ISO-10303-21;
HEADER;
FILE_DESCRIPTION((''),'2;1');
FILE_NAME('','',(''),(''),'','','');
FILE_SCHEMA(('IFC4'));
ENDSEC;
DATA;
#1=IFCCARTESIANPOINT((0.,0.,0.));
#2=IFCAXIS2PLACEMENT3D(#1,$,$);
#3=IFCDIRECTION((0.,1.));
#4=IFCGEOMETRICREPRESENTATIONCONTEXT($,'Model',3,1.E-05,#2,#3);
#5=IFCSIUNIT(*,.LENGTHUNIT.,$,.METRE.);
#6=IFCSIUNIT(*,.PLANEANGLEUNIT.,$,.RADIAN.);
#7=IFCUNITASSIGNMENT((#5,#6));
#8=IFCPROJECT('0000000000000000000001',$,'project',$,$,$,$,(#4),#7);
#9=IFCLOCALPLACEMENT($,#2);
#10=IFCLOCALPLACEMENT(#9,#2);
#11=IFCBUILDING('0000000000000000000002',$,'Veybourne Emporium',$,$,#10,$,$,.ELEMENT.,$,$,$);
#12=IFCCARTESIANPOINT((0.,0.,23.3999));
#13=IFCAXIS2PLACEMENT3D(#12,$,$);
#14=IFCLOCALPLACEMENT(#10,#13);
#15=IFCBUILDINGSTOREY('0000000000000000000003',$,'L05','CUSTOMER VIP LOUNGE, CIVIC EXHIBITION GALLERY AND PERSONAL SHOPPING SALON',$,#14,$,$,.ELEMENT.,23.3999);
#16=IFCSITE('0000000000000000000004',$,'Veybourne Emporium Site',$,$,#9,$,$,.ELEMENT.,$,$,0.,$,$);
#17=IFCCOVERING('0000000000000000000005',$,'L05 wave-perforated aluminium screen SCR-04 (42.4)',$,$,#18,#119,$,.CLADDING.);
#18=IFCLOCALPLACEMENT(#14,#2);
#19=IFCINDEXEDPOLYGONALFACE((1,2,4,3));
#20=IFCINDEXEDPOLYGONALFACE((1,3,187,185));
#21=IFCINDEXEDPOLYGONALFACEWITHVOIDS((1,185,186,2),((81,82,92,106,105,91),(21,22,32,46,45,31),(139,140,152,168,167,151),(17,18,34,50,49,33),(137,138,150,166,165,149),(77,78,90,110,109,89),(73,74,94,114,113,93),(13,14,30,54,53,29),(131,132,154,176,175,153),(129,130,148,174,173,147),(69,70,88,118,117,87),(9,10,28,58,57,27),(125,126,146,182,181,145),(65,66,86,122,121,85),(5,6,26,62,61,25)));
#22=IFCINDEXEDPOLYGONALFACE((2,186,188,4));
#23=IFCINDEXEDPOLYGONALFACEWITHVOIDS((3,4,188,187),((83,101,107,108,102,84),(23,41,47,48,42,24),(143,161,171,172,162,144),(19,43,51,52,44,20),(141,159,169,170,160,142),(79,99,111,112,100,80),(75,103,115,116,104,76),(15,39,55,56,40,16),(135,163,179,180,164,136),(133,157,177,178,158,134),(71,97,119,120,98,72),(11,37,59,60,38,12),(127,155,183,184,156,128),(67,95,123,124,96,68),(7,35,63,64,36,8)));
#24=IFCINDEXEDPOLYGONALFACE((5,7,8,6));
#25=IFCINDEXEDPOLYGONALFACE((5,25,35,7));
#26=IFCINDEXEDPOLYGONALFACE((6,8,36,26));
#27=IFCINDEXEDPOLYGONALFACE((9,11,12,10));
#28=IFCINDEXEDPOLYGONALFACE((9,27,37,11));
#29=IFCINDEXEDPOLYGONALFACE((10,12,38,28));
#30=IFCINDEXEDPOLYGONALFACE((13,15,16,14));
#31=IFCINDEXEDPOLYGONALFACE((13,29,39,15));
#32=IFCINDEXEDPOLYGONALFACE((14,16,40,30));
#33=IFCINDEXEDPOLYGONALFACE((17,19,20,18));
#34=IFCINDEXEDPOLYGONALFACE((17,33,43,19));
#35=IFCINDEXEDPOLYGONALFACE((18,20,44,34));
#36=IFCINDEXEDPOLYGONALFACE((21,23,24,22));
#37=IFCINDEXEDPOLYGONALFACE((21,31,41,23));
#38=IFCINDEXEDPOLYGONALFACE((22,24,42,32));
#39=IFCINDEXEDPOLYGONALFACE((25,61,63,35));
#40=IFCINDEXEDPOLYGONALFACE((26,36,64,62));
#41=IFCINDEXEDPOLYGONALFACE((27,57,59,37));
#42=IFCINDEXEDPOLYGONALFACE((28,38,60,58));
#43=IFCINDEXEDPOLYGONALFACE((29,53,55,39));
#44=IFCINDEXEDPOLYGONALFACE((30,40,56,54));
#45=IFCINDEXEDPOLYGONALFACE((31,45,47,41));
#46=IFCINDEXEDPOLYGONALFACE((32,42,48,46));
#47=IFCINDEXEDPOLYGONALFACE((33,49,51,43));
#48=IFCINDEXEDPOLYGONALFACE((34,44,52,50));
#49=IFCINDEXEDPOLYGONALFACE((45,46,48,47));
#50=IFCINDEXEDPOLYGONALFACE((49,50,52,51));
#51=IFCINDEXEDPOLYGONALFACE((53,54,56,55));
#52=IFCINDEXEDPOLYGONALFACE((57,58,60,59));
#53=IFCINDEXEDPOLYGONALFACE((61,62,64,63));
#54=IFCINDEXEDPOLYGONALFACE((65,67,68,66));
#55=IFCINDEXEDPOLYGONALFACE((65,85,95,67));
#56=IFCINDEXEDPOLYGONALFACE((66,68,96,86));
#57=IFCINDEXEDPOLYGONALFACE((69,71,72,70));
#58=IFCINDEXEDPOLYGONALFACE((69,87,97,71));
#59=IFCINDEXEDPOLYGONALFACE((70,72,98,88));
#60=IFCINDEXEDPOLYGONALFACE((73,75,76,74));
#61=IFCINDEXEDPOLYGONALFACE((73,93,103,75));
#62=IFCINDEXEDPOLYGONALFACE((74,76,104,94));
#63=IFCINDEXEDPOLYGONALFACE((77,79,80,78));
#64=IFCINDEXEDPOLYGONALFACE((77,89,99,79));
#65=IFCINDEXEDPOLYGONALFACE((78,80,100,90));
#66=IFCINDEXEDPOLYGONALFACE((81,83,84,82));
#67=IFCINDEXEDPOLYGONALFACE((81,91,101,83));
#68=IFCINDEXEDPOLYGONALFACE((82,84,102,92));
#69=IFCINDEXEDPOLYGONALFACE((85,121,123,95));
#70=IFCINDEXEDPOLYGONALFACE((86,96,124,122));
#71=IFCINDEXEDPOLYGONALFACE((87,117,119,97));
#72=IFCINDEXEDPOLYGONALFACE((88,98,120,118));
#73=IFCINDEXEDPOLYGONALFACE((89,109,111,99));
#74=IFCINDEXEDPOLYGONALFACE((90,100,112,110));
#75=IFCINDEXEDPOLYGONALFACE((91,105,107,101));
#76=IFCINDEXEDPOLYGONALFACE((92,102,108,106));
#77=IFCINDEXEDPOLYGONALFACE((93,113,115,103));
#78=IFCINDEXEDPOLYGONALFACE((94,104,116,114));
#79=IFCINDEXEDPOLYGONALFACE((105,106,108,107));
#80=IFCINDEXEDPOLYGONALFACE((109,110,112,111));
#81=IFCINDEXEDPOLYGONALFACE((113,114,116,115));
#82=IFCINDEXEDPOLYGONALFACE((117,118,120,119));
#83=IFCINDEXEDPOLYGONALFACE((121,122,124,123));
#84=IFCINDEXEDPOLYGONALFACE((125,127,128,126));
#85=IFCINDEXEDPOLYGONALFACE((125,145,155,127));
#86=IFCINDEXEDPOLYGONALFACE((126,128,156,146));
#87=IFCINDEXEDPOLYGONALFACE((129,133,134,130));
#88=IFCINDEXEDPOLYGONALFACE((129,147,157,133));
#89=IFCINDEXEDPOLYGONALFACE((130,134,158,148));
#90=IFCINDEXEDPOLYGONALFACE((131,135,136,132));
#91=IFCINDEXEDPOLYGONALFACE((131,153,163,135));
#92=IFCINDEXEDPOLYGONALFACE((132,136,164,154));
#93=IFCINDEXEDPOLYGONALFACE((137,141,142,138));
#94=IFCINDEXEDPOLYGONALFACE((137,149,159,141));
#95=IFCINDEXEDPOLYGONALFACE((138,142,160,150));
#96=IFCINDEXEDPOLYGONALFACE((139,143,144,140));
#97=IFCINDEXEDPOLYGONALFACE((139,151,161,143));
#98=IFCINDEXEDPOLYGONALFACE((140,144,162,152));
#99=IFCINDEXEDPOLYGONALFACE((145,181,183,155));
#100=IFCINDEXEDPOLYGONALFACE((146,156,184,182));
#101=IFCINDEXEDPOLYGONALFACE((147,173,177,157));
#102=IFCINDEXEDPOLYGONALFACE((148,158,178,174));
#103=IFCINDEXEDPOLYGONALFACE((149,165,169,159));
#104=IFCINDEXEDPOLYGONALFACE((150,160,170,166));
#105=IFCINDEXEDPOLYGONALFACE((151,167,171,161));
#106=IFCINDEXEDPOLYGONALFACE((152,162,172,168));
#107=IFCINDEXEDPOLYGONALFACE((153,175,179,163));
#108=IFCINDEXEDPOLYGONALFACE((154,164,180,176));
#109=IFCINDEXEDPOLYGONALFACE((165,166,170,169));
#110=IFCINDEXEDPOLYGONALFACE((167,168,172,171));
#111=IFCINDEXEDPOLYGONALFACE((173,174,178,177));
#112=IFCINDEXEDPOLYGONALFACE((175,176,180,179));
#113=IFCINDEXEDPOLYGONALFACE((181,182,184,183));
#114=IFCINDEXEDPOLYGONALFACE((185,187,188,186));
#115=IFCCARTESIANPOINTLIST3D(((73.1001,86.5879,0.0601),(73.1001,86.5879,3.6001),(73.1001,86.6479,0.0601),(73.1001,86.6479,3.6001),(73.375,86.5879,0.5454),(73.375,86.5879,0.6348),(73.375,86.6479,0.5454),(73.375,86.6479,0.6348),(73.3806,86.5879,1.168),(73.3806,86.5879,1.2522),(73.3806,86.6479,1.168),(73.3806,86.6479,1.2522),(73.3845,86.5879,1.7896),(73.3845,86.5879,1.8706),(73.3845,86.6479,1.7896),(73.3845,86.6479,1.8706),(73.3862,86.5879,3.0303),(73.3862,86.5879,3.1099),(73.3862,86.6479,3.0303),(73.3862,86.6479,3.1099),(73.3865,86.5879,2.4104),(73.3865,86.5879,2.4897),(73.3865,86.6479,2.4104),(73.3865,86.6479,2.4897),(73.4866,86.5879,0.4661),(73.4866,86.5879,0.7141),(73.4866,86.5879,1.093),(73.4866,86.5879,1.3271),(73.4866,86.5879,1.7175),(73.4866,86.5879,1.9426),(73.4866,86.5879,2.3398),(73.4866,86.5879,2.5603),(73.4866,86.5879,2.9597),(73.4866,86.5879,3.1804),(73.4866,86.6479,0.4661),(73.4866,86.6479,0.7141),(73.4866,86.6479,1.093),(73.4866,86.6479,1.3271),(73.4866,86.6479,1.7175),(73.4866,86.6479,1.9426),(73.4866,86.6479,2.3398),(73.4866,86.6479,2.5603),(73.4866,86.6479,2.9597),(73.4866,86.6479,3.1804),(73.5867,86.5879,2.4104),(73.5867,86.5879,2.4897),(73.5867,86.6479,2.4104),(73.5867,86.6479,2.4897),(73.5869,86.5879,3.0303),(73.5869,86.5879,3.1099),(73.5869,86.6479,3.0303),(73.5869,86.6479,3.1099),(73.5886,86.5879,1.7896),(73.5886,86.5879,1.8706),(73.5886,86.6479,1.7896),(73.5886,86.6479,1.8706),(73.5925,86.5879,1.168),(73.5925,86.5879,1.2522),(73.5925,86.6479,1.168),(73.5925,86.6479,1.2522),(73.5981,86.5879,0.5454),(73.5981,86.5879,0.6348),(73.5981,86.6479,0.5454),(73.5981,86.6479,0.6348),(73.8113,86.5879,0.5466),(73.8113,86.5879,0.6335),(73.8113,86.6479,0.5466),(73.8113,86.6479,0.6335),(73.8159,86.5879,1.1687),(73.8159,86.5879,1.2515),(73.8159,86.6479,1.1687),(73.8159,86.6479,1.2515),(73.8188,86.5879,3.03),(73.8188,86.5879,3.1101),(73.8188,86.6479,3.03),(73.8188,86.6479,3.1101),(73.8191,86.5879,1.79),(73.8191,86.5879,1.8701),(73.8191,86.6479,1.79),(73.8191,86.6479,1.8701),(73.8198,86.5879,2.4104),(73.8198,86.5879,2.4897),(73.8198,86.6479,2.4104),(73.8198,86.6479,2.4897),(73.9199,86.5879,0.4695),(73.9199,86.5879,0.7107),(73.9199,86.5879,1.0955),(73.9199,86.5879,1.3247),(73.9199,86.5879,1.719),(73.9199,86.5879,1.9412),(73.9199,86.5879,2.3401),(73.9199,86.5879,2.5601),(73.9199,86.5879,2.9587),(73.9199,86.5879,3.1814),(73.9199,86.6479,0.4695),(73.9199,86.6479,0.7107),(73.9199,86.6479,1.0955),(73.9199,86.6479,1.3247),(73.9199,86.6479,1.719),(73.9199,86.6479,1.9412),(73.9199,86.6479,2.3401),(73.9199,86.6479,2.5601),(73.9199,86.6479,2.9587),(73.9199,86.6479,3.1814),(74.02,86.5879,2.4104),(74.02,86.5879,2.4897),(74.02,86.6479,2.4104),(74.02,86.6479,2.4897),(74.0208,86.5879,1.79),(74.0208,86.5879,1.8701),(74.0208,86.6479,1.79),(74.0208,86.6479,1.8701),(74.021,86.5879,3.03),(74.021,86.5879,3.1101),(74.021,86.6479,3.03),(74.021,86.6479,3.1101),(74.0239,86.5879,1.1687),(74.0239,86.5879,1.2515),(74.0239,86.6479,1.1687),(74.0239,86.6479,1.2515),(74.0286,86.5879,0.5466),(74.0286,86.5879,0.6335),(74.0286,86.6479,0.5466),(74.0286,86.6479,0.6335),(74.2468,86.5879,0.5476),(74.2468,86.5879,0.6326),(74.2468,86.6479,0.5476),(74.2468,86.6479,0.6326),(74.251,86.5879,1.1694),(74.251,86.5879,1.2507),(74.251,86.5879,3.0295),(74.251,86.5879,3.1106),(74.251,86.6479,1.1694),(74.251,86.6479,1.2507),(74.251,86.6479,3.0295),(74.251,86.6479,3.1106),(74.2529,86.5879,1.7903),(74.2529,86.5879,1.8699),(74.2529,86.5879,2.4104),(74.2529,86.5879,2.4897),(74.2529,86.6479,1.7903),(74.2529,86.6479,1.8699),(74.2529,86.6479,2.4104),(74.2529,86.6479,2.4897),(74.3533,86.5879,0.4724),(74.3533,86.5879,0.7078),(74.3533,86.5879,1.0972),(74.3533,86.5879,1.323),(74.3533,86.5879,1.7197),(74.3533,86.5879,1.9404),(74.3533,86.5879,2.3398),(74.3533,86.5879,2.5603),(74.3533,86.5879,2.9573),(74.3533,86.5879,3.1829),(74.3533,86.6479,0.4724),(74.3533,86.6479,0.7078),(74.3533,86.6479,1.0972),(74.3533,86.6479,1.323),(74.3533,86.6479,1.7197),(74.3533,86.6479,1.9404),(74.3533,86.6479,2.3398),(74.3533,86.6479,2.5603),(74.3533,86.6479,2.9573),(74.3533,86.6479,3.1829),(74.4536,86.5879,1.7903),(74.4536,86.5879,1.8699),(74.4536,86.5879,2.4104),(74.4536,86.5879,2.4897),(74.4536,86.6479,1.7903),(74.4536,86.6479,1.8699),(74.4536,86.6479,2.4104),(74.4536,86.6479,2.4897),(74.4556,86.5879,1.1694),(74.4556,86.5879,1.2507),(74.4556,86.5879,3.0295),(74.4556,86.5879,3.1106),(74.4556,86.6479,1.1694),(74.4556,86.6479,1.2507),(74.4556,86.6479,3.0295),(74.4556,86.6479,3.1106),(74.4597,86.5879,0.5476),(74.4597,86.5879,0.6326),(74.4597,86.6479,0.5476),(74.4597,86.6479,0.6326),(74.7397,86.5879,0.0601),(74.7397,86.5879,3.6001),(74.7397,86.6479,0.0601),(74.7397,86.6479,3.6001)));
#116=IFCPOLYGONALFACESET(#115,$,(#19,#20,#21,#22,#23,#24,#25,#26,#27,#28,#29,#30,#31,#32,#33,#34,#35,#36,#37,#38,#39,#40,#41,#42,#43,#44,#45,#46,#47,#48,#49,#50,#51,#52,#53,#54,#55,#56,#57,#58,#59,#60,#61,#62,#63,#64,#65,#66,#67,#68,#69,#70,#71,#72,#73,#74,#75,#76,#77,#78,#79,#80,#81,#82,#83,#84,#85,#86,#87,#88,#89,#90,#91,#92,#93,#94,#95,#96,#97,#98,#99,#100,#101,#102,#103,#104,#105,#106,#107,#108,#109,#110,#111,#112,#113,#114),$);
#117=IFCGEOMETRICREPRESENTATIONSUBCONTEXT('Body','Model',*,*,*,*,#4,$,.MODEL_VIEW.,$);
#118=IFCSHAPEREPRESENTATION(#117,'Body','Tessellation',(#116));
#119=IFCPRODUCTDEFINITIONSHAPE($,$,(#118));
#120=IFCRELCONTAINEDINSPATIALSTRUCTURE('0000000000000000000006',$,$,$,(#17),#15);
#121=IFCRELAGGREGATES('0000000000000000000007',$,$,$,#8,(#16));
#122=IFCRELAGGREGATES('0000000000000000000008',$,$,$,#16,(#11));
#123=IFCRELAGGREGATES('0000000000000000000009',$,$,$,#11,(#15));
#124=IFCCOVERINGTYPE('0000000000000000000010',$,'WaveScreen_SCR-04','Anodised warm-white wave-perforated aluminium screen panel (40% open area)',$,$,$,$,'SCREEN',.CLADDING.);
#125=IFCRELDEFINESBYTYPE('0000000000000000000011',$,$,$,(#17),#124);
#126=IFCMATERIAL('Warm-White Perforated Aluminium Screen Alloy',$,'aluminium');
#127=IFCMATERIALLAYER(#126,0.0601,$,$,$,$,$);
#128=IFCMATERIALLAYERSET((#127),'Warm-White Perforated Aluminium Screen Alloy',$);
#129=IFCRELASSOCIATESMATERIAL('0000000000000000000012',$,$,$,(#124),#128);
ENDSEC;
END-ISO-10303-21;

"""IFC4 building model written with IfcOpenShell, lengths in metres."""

from ifc_helpers import new_model, si_unit, direction, frame, origin, place, context, subcontext, project, spatial, polyline, outline, extrude, material, layer, layer_set, type_object, element, save


model = new_model("IFC4")

# Units and contexts
model_context = context("Model", 3, precision=1e-05, world=origin(), true_north=direction((0.0, 1.0)))
body_context = subcontext(model_context, "Body", "Model", "MODEL_VIEW")
ifc_project = project(units=[si_unit("LENGTHUNIT", "METRE"), si_unit("PLANEANGLEUNIT", "RADIAN")], contexts=[model_context])

# Site, building, storey
site_placement = place(None, origin())
site = spatial("IfcSite", under=ifc_project, at=site_placement, Name="Veybourne Emporium Site", CompositionType="ELEMENT", RefElevation=0.0)
building_placement = place(site_placement, origin())
building = spatial("IfcBuilding", under=site, at=building_placement, Name="Veybourne Emporium", CompositionType="ELEMENT")
storey_placement = place(building_placement, frame((0.0, 0.0, 23.3999)))
storey = spatial("IfcBuildingStorey", under=building, at=storey_placement, Name="L05", Description="CUSTOMER VIP LOUNGE, CIVIC EXHIBITION GALLERY AND PERSONAL SHOPPING SALON", CompositionType="ELEMENT", Elevation=23.3999)

# Covering
ifc_material_1 = material(Name="Warm-White Perforated Aluminium Screen Alloy", Category="aluminium")
ifc_layer_1 = layer(ifc_material_1, 0.0601)
ifc_layer_set_1 = layer_set([ifc_layer_1], Name="Warm-White Perforated Aluminium Screen Alloy")
covering_type_1 = type_object("IfcCoveringType", Name="WaveScreen_SCR-04", Description="Anodised warm-white wave-perforated aluminium screen panel (40% open area)", ElementType="SCREEN", PredefinedType="CLADDING", material=ifc_layer_set_1)
covering_1_placement = place(storey_placement, frame((73.9199, 86.6479, 1.8301), z_axis=(0.0, -1.0, 0.0), x_axis=(1.0, 0.0, 0.0)))
element("IfcCovering", 1, at=covering_1_placement, inside=storey, type_object=covering_type_1, Name="L05 wave-perforated aluminium screen SCR-04 (42.4)", PredefinedType="CLADDING", context=body_context, shape_type="SweptSolid", body=[
    extrude(outline(polyline([(-0.8198, -1.77), (0.8198, -1.77), (0.8198, 1.77), (-0.8198, 1.77), (-0.8198, -1.77)]), holes=[polyline([(-0.4333, -1.116), (-0.3218, -1.1953), (-0.3218, -1.2847), (-0.4333, -1.364), (-0.5449, -1.2847), (-0.5449, -1.1953), (-0.4333, -1.116)]), polyline([(-0.4333, -0.5029), (-0.3274, -0.5779), (-0.3274, -0.6621), (-0.4333, -0.7371), (-0.5393, -0.6621), (-0.5393, -0.5779), (-0.4333, -0.5029)]), polyline([(-0.4333, 0.1125), (-0.3313, 0.0405), (-0.3313, -0.0405), (-0.4333, -0.1125), (-0.5354, -0.0405), (-0.5354, 0.0405), (-0.4333, 0.1125)]), polyline([(-0.4333, 0.7302), (-0.3333, 0.6597), (-0.3333, 0.5803), (-0.4333, 0.5098), (-0.5334, 0.5803), (-0.5334, 0.6597), (-0.4333, 0.7302)]), polyline([(-0.4333, 1.3503), (-0.333, 1.2798), (-0.333, 1.2002), (-0.4333, 1.1296), (-0.5337, 1.2002), (-0.5337, 1.2798), (-0.4333, 1.3503)]), polyline([(0.0, -1.1194), (0.1086, -1.1965), (0.1086, -1.2834), (0.0, -1.3606), (-0.1086, -1.2834), (-0.1086, -1.1965), (0.0, -1.1194)]), polyline([(0.0, -0.5054), (0.104, -0.5786), (0.104, -0.6614), (0.0, -0.7346), (-0.104, -0.6614), (-0.104, -0.5786), (0.0, -0.5054)]), polyline([(0.0, 0.1111), (0.1008, 0.04), (0.1008, -0.04), (0.0, -0.1111), (-0.1008, -0.04), (-0.1008, 0.04), (0.0, 0.1111)]), polyline([(0.0, 0.73), (0.1001, 0.6597), (0.1001, 0.5803), (0.0, 0.51), (-0.1001, 0.5803), (-0.1001, 0.6597), (0.0, 0.73)]), polyline([(0.0, 1.3513), (0.1011, 1.28), (0.1011, 1.2), (0.0, 1.1287), (-0.1011, 1.2), (-0.1011, 1.28), (0.0, 1.3513)]), polyline([(0.4333, -1.1223), (0.5398, -1.1975), (0.5398, -1.2825), (0.4333, -1.3577), (0.3269, -1.2825), (0.3269, -1.1975), (0.4333, -1.1223)]), polyline([(0.4333, -0.5071), (0.5356, -0.5793), (0.5356, -0.6606), (0.4333, -0.7329), (0.3311, -0.6606), (0.3311, -0.5793), (0.4333, -0.5071)]), polyline([(0.4333, 0.1104), (0.5337, 0.0398), (0.5337, -0.0398), (0.4333, -0.1104), (0.333, -0.0398), (0.333, 0.0398), (0.4333, 0.1104)]), polyline([(0.4333, 0.7302), (0.5337, 0.6597), (0.5337, 0.5803), (0.4333, 0.5098), (0.333, 0.5803), (0.333, 0.6597), (0.4333, 0.7302)]), polyline([(0.4333, 1.3528), (0.5356, 1.2805), (0.5356, 1.1995), (0.4333, 1.1272), (0.3311, 1.1995), (0.3311, 1.2805), (0.4333, 1.3528)])]), origin(), (0.0, 0.0, 1.0), 0.0601),
])

save(model, "model.ifc")
